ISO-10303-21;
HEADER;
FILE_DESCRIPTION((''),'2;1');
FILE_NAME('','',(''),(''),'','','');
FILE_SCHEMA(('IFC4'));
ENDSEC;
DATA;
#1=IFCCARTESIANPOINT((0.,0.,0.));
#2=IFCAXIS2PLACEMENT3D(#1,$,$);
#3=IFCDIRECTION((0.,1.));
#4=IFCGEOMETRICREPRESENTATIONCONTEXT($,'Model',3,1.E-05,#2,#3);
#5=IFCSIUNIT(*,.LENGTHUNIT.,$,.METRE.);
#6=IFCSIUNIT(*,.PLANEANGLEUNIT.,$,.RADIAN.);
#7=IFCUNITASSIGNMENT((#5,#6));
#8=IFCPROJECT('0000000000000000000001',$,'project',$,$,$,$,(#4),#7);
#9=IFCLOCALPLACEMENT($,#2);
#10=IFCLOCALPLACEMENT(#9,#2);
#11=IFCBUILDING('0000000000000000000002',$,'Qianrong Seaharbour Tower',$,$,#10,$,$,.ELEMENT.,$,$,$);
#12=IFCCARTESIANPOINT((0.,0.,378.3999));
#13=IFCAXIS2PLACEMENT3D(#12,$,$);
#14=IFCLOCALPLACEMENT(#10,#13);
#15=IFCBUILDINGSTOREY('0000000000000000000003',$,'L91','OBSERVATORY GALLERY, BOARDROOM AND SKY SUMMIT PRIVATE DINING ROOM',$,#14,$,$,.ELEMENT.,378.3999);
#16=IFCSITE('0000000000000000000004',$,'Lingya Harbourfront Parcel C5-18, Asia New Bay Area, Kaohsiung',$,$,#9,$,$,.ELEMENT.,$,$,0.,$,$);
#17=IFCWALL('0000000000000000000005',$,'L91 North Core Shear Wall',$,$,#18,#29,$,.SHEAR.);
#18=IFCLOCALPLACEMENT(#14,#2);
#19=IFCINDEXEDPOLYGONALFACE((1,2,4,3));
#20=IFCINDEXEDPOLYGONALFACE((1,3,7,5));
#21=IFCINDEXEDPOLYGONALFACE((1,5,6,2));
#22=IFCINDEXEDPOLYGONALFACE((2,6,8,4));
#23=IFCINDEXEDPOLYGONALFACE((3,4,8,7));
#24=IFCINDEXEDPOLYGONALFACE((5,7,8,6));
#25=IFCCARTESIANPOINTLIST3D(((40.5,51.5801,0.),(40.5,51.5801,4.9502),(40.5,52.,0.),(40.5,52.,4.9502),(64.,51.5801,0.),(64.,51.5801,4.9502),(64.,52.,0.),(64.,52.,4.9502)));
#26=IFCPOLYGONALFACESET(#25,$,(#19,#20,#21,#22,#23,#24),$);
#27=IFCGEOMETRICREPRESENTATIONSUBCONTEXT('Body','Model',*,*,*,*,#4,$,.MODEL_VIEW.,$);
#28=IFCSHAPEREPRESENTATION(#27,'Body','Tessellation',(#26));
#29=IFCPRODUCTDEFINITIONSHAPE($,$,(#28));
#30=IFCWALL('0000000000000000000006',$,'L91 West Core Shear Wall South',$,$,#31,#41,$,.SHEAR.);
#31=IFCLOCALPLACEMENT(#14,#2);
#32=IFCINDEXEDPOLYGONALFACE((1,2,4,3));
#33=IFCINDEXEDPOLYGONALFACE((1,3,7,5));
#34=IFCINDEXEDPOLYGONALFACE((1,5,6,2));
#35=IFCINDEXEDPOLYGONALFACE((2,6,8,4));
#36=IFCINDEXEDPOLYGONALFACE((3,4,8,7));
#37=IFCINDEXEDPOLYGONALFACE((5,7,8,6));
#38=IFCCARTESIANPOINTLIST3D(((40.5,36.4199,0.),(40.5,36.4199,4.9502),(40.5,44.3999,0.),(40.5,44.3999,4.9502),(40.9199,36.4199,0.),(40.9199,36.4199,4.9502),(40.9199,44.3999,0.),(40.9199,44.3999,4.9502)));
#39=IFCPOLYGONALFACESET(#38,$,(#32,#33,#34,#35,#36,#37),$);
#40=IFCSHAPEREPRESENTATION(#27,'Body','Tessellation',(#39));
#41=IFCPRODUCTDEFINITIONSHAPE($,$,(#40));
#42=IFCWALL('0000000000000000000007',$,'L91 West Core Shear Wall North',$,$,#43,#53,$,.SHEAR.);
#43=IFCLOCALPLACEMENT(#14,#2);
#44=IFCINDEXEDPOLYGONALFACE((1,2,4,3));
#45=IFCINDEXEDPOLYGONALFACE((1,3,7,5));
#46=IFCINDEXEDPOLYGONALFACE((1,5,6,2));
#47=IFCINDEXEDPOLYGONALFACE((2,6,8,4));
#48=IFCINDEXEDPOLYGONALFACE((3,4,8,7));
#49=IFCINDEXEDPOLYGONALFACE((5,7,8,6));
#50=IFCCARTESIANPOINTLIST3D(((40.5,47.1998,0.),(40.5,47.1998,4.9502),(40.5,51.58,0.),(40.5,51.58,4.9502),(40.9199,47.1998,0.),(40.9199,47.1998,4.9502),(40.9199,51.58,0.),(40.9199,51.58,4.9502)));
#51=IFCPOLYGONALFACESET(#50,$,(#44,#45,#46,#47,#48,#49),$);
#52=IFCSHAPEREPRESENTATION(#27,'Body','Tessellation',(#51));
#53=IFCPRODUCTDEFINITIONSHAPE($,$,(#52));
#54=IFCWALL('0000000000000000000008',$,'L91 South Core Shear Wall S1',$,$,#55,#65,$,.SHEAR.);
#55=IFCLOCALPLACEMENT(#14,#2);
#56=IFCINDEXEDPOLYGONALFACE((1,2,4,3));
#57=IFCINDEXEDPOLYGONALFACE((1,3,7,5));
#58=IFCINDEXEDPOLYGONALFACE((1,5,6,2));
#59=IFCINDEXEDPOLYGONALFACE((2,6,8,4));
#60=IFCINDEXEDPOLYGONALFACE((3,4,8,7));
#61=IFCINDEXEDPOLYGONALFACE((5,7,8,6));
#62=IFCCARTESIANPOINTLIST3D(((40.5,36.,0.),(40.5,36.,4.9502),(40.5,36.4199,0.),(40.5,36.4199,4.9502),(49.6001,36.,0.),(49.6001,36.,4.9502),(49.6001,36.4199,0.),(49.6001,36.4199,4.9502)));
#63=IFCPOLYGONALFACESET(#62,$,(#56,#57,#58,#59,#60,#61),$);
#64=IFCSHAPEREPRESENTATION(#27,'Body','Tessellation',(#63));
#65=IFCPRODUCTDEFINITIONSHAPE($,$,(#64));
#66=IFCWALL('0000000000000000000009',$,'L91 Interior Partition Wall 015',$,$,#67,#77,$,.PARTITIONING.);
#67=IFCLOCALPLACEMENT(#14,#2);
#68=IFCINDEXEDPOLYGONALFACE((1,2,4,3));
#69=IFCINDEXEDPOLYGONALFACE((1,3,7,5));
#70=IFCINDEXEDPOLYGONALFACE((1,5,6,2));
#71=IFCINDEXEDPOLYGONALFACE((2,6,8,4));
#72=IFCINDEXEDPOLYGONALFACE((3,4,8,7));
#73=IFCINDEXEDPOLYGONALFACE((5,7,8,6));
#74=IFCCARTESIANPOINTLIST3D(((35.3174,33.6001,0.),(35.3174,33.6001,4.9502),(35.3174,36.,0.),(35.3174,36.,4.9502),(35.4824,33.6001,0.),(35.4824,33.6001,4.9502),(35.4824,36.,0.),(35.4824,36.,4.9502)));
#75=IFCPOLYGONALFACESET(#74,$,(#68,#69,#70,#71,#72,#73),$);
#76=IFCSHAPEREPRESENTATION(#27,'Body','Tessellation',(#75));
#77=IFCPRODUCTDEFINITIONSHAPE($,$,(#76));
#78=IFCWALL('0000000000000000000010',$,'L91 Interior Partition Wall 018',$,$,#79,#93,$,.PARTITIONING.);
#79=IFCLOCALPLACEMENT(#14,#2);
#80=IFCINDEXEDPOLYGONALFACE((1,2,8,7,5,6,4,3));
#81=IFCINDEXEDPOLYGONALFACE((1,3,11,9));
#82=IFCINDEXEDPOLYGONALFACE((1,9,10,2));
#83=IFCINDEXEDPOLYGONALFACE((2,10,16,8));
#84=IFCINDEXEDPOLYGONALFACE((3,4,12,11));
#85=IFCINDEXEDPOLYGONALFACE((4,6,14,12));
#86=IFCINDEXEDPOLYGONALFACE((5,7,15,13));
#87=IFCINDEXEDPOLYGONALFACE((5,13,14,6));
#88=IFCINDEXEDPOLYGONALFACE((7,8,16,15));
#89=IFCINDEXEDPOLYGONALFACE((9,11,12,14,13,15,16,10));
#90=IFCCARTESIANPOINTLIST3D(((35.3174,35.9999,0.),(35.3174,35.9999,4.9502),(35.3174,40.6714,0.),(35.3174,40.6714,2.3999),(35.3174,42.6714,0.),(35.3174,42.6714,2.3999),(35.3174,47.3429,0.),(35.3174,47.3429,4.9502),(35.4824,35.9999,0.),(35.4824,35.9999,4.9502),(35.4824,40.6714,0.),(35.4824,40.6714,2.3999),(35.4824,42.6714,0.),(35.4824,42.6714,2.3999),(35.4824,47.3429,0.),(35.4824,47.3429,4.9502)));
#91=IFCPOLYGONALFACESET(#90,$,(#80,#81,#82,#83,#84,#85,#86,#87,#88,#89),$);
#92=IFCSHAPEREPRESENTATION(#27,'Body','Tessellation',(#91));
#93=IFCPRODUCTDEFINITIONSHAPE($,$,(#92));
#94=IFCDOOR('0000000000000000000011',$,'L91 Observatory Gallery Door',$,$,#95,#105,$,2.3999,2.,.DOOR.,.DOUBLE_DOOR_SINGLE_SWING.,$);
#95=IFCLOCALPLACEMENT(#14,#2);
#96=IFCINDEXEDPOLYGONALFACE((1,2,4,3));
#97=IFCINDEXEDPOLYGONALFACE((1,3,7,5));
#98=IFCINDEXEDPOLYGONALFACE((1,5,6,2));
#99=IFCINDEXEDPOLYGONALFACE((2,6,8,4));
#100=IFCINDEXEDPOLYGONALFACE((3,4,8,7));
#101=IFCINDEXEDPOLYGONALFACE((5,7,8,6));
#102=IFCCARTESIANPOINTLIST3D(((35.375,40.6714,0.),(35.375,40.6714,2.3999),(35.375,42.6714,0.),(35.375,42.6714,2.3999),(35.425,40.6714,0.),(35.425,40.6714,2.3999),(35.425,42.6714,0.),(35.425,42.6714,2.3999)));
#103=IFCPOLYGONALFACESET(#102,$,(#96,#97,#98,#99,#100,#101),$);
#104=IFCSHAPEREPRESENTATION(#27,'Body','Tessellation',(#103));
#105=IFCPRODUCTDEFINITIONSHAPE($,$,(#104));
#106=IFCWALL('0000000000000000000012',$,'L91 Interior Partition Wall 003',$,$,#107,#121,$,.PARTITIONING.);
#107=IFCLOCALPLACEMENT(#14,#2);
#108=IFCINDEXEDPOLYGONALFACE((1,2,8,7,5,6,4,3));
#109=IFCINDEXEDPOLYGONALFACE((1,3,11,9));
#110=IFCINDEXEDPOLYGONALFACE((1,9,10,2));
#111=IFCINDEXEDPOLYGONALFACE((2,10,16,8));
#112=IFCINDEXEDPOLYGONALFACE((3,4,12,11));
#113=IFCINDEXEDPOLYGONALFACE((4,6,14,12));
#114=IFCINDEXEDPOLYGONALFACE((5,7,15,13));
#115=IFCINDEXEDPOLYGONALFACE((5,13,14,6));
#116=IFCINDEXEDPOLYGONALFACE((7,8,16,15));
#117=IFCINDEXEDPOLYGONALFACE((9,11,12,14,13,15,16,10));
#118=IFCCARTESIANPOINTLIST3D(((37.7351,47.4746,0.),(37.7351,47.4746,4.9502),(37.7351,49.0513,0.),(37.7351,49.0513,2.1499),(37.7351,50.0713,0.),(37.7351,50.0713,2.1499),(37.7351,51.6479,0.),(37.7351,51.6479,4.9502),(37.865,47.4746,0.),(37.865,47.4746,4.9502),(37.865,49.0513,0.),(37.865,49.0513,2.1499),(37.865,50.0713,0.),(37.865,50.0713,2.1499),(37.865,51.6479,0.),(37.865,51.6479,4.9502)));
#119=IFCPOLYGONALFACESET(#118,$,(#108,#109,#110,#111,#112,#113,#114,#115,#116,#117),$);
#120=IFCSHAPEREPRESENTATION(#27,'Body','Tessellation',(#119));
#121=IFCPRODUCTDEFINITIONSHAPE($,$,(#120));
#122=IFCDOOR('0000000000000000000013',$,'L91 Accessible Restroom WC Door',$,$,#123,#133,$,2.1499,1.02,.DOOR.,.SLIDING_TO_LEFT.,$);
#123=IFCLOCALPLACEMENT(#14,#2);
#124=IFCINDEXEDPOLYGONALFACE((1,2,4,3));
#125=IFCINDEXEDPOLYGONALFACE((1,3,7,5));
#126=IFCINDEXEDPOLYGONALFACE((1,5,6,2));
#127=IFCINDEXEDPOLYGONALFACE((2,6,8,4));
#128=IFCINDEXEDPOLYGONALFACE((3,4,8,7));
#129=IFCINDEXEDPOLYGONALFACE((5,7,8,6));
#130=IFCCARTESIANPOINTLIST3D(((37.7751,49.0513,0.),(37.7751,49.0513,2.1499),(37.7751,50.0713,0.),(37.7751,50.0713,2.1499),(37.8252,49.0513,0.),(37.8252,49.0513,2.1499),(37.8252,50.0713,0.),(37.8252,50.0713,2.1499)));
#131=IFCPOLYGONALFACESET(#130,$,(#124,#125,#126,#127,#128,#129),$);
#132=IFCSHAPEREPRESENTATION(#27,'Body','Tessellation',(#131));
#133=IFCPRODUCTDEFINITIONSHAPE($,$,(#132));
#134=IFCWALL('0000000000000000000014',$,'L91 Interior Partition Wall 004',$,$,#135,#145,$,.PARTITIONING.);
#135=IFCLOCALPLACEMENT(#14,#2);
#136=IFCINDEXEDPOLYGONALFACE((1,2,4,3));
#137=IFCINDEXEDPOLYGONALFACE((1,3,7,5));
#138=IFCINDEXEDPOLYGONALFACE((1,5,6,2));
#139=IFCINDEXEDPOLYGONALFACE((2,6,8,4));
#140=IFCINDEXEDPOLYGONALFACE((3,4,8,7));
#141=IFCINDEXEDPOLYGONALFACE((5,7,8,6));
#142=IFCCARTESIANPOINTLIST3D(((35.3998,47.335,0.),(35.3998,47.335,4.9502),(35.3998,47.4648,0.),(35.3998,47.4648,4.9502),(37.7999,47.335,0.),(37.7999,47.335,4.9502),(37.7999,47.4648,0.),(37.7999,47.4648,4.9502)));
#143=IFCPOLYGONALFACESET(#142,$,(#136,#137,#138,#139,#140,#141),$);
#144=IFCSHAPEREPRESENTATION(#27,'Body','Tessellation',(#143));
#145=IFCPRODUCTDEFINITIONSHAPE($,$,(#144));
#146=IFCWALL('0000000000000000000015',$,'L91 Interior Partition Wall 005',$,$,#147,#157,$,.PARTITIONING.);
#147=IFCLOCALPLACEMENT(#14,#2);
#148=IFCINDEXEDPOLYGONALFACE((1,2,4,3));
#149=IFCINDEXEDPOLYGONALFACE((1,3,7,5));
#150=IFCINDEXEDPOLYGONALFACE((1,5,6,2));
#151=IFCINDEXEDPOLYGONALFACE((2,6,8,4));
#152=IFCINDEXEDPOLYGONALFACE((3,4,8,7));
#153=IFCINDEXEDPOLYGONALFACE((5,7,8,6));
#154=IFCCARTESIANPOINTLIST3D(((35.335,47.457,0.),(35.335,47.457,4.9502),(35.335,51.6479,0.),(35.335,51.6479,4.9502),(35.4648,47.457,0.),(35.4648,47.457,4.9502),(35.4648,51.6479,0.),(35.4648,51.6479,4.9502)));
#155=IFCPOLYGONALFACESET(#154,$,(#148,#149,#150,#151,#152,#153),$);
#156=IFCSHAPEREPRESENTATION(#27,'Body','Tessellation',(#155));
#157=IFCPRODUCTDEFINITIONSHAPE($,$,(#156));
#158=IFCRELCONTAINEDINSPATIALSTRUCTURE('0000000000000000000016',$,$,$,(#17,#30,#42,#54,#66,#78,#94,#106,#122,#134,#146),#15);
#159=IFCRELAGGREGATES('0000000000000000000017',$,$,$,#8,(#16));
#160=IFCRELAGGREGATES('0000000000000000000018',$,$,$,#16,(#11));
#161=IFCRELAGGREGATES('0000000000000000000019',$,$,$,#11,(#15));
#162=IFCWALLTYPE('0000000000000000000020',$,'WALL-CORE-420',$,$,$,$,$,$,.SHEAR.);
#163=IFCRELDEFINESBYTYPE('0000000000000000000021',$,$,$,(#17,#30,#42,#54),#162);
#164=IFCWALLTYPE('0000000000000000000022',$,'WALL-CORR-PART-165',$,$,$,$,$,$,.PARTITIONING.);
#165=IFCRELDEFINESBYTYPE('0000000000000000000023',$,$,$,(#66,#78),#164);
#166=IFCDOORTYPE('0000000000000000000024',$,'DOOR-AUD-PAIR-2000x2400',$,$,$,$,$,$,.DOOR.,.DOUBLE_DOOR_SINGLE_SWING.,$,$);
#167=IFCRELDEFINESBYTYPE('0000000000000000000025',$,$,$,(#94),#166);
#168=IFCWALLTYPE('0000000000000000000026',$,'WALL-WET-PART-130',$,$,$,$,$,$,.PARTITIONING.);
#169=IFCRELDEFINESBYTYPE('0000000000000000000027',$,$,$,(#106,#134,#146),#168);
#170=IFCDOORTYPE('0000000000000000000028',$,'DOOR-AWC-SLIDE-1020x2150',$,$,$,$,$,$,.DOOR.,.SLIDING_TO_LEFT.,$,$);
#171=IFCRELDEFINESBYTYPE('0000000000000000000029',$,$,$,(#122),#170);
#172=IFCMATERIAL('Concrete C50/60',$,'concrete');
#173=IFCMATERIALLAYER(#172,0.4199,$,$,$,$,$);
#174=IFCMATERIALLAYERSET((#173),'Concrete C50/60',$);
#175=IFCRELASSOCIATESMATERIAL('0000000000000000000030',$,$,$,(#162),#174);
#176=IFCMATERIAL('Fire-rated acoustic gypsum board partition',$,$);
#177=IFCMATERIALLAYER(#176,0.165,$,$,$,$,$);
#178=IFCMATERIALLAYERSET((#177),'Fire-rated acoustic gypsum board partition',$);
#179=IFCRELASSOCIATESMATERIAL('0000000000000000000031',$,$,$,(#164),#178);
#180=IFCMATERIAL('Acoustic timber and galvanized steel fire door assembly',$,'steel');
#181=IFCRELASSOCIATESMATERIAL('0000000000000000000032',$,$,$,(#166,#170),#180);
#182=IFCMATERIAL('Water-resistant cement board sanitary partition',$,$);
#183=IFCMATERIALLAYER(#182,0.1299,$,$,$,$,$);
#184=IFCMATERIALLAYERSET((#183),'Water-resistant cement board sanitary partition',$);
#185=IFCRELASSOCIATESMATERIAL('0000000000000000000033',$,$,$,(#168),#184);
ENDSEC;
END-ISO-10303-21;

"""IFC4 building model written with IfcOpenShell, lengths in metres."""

from ifc_helpers import new_model, si_unit, direction, frame, frame_2d, origin, place, context, subcontext, project, spatial, rectangle, extrude, material, layer, layer_set, type_object, element, fill, save


model = new_model("IFC4")

# Units and contexts
model_context = context("Model", 3, precision=1e-05, world=origin(), true_north=direction((0.0, 1.0)))
body_context = subcontext(model_context, "Body", "Model", "MODEL_VIEW")
ifc_project = project(units=[si_unit("LENGTHUNIT", "METRE"), si_unit("PLANEANGLEUNIT", "RADIAN")], contexts=[model_context])

# Site, building, storey
site_placement = place(None, origin())
site = spatial("IfcSite", under=ifc_project, at=site_placement, Name="Lingya Harbourfront Parcel C5-18, Asia New Bay Area, Kaohsiung", CompositionType="ELEMENT", RefElevation=0.0)
building_placement = place(site_placement, origin())
building = spatial("IfcBuilding", under=site, at=building_placement, Name="Qianrong Seaharbour Tower", CompositionType="ELEMENT")
storey_placement = place(building_placement, frame((0.0, 0.0, 378.3999)))
storey = spatial("IfcBuildingStorey", under=building, at=storey_placement, Name="L91", Description="OBSERVATORY GALLERY, BOARDROOM AND SKY SUMMIT PRIVATE DINING ROOM", CompositionType="ELEMENT", Elevation=378.3999)

# Shared definitions
ifc_material_1 = material(Name="Concrete C50/60", Category="concrete")

# Walls
ifc_layer_1 = layer(ifc_material_1, 0.4199)
ifc_layer_set_1 = layer_set([ifc_layer_1], Name="Concrete C50/60")
wall_type_1 = type_object("IfcWallType", Name="WALL-CORE-420", PredefinedType="SHEAR", material=ifc_layer_set_1)
wall_1_placement = place(storey_placement, frame((40.5, 51.79, 0.0), z_axis=(0.0, 0.0, 1.0), x_axis=(1.0, 0.0, 0.0)))
element("IfcWall", 1, at=wall_1_placement, inside=storey, type_object=wall_type_1, Name="L91 North Core Shear Wall", PredefinedType="SHEAR", context=body_context, shape_type="SweptSolid", body=[
    extrude(rectangle(XDim=23.5, YDim=0.4199, at=frame_2d((11.75, 0.0))), origin(), (0.0, 0.0, 1.0), 4.9502),
])
wall_2_placement = place(storey_placement, frame((40.71, 36.4199, 0.0), z_axis=(0.0, 0.0, 1.0), x_axis=(0.0, 1.0, 0.0)))
element("IfcWall", 2, at=wall_2_placement, inside=storey, type_object=wall_type_1, Name="L91 West Core Shear Wall South", PredefinedType="SHEAR", context=body_context, shape_type="SweptSolid", body=[
    extrude(rectangle(XDim=7.98, YDim=0.4199, at=frame_2d((3.99, 0.0))), origin(), (0.0, 0.0, 1.0), 4.9502),
])
wall_3_placement = place(storey_placement, frame((40.71, 47.2, 0.0), z_axis=(0.0, 0.0, 1.0), x_axis=(0.0, 1.0, 0.0)))
element("IfcWall", 3, at=wall_3_placement, inside=storey, type_object=wall_type_1, Name="L91 West Core Shear Wall North", PredefinedType="SHEAR", context=body_context, shape_type="SweptSolid", body=[
    extrude(rectangle(XDim=4.3801, YDim=0.4199, at=frame_2d((2.1899, 0.0))), origin(), (0.0, 0.0, 1.0), 4.9502),
])
wall_4_placement = place(storey_placement, frame((40.5, 36.21, 0.0), z_axis=(0.0, 0.0, 1.0), x_axis=(1.0, 0.0, 0.0)))
element("IfcWall", 4, at=wall_4_placement, inside=storey, type_object=wall_type_1, Name="L91 South Core Shear Wall S1", PredefinedType="SHEAR", context=body_context, shape_type="SweptSolid", body=[
    extrude(rectangle(XDim=9.1001, YDim=0.4199, at=frame_2d((4.55, 0.0))), origin(), (0.0, 0.0, 1.0), 4.9502),
])

# Shared definitions
ifc_material_2 = material(Name="Fire-rated acoustic gypsum board partition")
ifc_layer_2 = layer(ifc_material_2, 0.165)
ifc_layer_set_2 = layer_set([ifc_layer_2], Name="Fire-rated acoustic gypsum board partition")
wall_type_2 = type_object("IfcWallType", Name="WALL-CORR-PART-165", PredefinedType="PARTITIONING", material=ifc_layer_set_2)
ifc_material_3 = material(Name="Acoustic timber and galvanized steel fire door assembly", Category="steel")

# Wall
wall_5_placement = place(storey_placement, frame((35.3999, 33.6001, 0.0), z_axis=(0.0, 0.0, 1.0), x_axis=(0.0, 1.0, 0.0)))
element("IfcWall", 5, at=wall_5_placement, inside=storey, type_object=wall_type_2, Name="L91 Interior Partition Wall 015", PredefinedType="PARTITIONING", context=body_context, shape_type="SweptSolid", body=[
    extrude(rectangle(XDim=2.3999, YDim=0.165, at=frame_2d((1.2, 0.0))), origin(), (0.0, 0.0, 1.0), 4.9502),
])

# Walls, openings, doors
wall_6_placement = place(storey_placement, frame((35.3999, 36.0, 0.0), z_axis=(0.0, 0.0, 1.0), x_axis=(0.0, 1.0, 0.0)))
wall_6 = element("IfcWall", 6, at=wall_6_placement, inside=storey, type_object=wall_type_2, Name="L91 Interior Partition Wall 018", PredefinedType="PARTITIONING", context=body_context, shape_type="SweptSolid", body=[
    extrude(rectangle(XDim=11.343, YDim=0.165, at=frame_2d((5.6714, 0.0))), origin(), (0.0, 0.0, 1.0), 4.9502),
])
opening_1_placement = place(wall_6_placement, frame((4.6714, 0.0, 0.0)))
opening_1 = element("IfcOpeningElement", 7, at=opening_1_placement, cuts=wall_6, PredefinedType="OPENING", context=body_context, shape_type="SweptSolid", body=[
    extrude(rectangle(XDim=2.0, YDim=2.3999, at=frame_2d((1.0, 1.2))), frame((0.0, 0.0925, 0.0), z_axis=(0.0, -1.0, 0.0), x_axis=(1.0, 0.0, 0.0)), (0.0, 0.0, 1.0), 0.1851),
])
door_type_1 = type_object("IfcDoorType", Name="DOOR-AUD-PAIR-2000x2400", OperationType="DOUBLE_DOOR_SINGLE_SWING", PredefinedType="DOOR", material=ifc_material_3)
door_1_placement = place(opening_1_placement, origin())
door_1 = element("IfcDoor", 8, at=door_1_placement, inside=storey, type_object=door_type_1, Name="L91 Observatory Gallery Door", OperationType="DOUBLE_DOOR_SINGLE_SWING", OverallHeight=2.3999, OverallWidth=2.0, PredefinedType="DOOR", context=body_context, shape_type="SweptSolid", body=[
    extrude(rectangle(XDim=2.0, YDim=2.3999, at=frame_2d((1.0, 1.2))), frame((0.0, 0.0249, 0.0), z_axis=(0.0, -1.0, 0.0), x_axis=(1.0, 0.0, 0.0)), (0.0, 0.0, 1.0), 0.05),
])
fill(opening_1, door_1)
ifc_material_4 = material(Name="Water-resistant cement board sanitary partition")
ifc_layer_3 = layer(ifc_material_4, 0.1299)
ifc_layer_set_3 = layer_set([ifc_layer_3], Name="Water-resistant cement board sanitary partition")
wall_type_3 = type_object("IfcWallType", Name="WALL-WET-PART-130", PredefinedType="PARTITIONING", material=ifc_layer_set_3)
wall_7_placement = place(storey_placement, frame((37.8, 47.4746, 0.0), z_axis=(0.0, 0.0, 1.0), x_axis=(0.0, 1.0, 0.0)))
wall_7 = element("IfcWall", 9, at=wall_7_placement, inside=storey, type_object=wall_type_3, Name="L91 Interior Partition Wall 003", PredefinedType="PARTITIONING", context=body_context, shape_type="SweptSolid", body=[
    extrude(rectangle(XDim=4.1733, YDim=0.1299, at=frame_2d((2.0867, 0.0))), origin(), (0.0, 0.0, 1.0), 4.9502),
])
opening_2_placement = place(wall_7_placement, frame((1.5767, 0.0, 0.0)))
opening_2 = element("IfcOpeningElement", 10, at=opening_2_placement, cuts=wall_7, PredefinedType="OPENING", context=body_context, shape_type="SweptSolid", body=[
    extrude(rectangle(XDim=1.02, YDim=2.1499, at=frame_2d((0.51, 1.075))), frame((0.0, 0.075, 0.0), z_axis=(0.0, -1.0, 0.0), x_axis=(1.0, 0.0, 0.0)), (0.0, 0.0, 1.0), 0.1499),
])
door_type_2 = type_object("IfcDoorType", Name="DOOR-AWC-SLIDE-1020x2150", OperationType="SLIDING_TO_LEFT", PredefinedType="DOOR", material=ifc_material_3)
door_2_placement = place(opening_2_placement, origin())
door_2 = element("IfcDoor", 11, at=door_2_placement, inside=storey, type_object=door_type_2, Name="L91 Accessible Restroom WC Door", OperationType="SLIDING_TO_LEFT", OverallHeight=2.1499, OverallWidth=1.02, PredefinedType="DOOR", context=body_context, shape_type="SweptSolid", body=[
    extrude(rectangle(XDim=1.02, YDim=2.1499, at=frame_2d((0.51, 1.075))), frame((0.0, 0.0249, 0.0), z_axis=(0.0, -1.0, 0.0), x_axis=(1.0, 0.0, 0.0)), (0.0, 0.0, 1.0), 0.05),
])
fill(opening_2, door_2)

# Walls
wall_8_placement = place(storey_placement, frame((37.8, 47.3999, 0.0), z_axis=(0.0, 0.0, 1.0), x_axis=(-1.0, 0.0, 0.0)))
element("IfcWall", 12, at=wall_8_placement, inside=storey, type_object=wall_type_3, Name="L91 Interior Partition Wall 004", PredefinedType="PARTITIONING", context=body_context, shape_type="SweptSolid", body=[
    extrude(rectangle(XDim=2.4001, YDim=0.1299, at=frame_2d((1.2002, 0.0))), origin(), (0.0, 0.0, 1.0), 4.9502),
])
wall_9_placement = place(storey_placement, frame((35.3999, 47.457, 0.0), z_axis=(0.0, 0.0, 1.0), x_axis=(0.0, 1.0, 0.0)))
element("IfcWall", 13, at=wall_9_placement, inside=storey, type_object=wall_type_3, Name="L91 Interior Partition Wall 005", PredefinedType="PARTITIONING", context=body_context, shape_type="SweptSolid", body=[
    extrude(rectangle(XDim=4.1909, YDim=0.1299, at=frame_2d((2.0955, 0.0))), origin(), (0.0, 0.0, 1.0), 4.9502),
])

save(model, "model.ifc")
